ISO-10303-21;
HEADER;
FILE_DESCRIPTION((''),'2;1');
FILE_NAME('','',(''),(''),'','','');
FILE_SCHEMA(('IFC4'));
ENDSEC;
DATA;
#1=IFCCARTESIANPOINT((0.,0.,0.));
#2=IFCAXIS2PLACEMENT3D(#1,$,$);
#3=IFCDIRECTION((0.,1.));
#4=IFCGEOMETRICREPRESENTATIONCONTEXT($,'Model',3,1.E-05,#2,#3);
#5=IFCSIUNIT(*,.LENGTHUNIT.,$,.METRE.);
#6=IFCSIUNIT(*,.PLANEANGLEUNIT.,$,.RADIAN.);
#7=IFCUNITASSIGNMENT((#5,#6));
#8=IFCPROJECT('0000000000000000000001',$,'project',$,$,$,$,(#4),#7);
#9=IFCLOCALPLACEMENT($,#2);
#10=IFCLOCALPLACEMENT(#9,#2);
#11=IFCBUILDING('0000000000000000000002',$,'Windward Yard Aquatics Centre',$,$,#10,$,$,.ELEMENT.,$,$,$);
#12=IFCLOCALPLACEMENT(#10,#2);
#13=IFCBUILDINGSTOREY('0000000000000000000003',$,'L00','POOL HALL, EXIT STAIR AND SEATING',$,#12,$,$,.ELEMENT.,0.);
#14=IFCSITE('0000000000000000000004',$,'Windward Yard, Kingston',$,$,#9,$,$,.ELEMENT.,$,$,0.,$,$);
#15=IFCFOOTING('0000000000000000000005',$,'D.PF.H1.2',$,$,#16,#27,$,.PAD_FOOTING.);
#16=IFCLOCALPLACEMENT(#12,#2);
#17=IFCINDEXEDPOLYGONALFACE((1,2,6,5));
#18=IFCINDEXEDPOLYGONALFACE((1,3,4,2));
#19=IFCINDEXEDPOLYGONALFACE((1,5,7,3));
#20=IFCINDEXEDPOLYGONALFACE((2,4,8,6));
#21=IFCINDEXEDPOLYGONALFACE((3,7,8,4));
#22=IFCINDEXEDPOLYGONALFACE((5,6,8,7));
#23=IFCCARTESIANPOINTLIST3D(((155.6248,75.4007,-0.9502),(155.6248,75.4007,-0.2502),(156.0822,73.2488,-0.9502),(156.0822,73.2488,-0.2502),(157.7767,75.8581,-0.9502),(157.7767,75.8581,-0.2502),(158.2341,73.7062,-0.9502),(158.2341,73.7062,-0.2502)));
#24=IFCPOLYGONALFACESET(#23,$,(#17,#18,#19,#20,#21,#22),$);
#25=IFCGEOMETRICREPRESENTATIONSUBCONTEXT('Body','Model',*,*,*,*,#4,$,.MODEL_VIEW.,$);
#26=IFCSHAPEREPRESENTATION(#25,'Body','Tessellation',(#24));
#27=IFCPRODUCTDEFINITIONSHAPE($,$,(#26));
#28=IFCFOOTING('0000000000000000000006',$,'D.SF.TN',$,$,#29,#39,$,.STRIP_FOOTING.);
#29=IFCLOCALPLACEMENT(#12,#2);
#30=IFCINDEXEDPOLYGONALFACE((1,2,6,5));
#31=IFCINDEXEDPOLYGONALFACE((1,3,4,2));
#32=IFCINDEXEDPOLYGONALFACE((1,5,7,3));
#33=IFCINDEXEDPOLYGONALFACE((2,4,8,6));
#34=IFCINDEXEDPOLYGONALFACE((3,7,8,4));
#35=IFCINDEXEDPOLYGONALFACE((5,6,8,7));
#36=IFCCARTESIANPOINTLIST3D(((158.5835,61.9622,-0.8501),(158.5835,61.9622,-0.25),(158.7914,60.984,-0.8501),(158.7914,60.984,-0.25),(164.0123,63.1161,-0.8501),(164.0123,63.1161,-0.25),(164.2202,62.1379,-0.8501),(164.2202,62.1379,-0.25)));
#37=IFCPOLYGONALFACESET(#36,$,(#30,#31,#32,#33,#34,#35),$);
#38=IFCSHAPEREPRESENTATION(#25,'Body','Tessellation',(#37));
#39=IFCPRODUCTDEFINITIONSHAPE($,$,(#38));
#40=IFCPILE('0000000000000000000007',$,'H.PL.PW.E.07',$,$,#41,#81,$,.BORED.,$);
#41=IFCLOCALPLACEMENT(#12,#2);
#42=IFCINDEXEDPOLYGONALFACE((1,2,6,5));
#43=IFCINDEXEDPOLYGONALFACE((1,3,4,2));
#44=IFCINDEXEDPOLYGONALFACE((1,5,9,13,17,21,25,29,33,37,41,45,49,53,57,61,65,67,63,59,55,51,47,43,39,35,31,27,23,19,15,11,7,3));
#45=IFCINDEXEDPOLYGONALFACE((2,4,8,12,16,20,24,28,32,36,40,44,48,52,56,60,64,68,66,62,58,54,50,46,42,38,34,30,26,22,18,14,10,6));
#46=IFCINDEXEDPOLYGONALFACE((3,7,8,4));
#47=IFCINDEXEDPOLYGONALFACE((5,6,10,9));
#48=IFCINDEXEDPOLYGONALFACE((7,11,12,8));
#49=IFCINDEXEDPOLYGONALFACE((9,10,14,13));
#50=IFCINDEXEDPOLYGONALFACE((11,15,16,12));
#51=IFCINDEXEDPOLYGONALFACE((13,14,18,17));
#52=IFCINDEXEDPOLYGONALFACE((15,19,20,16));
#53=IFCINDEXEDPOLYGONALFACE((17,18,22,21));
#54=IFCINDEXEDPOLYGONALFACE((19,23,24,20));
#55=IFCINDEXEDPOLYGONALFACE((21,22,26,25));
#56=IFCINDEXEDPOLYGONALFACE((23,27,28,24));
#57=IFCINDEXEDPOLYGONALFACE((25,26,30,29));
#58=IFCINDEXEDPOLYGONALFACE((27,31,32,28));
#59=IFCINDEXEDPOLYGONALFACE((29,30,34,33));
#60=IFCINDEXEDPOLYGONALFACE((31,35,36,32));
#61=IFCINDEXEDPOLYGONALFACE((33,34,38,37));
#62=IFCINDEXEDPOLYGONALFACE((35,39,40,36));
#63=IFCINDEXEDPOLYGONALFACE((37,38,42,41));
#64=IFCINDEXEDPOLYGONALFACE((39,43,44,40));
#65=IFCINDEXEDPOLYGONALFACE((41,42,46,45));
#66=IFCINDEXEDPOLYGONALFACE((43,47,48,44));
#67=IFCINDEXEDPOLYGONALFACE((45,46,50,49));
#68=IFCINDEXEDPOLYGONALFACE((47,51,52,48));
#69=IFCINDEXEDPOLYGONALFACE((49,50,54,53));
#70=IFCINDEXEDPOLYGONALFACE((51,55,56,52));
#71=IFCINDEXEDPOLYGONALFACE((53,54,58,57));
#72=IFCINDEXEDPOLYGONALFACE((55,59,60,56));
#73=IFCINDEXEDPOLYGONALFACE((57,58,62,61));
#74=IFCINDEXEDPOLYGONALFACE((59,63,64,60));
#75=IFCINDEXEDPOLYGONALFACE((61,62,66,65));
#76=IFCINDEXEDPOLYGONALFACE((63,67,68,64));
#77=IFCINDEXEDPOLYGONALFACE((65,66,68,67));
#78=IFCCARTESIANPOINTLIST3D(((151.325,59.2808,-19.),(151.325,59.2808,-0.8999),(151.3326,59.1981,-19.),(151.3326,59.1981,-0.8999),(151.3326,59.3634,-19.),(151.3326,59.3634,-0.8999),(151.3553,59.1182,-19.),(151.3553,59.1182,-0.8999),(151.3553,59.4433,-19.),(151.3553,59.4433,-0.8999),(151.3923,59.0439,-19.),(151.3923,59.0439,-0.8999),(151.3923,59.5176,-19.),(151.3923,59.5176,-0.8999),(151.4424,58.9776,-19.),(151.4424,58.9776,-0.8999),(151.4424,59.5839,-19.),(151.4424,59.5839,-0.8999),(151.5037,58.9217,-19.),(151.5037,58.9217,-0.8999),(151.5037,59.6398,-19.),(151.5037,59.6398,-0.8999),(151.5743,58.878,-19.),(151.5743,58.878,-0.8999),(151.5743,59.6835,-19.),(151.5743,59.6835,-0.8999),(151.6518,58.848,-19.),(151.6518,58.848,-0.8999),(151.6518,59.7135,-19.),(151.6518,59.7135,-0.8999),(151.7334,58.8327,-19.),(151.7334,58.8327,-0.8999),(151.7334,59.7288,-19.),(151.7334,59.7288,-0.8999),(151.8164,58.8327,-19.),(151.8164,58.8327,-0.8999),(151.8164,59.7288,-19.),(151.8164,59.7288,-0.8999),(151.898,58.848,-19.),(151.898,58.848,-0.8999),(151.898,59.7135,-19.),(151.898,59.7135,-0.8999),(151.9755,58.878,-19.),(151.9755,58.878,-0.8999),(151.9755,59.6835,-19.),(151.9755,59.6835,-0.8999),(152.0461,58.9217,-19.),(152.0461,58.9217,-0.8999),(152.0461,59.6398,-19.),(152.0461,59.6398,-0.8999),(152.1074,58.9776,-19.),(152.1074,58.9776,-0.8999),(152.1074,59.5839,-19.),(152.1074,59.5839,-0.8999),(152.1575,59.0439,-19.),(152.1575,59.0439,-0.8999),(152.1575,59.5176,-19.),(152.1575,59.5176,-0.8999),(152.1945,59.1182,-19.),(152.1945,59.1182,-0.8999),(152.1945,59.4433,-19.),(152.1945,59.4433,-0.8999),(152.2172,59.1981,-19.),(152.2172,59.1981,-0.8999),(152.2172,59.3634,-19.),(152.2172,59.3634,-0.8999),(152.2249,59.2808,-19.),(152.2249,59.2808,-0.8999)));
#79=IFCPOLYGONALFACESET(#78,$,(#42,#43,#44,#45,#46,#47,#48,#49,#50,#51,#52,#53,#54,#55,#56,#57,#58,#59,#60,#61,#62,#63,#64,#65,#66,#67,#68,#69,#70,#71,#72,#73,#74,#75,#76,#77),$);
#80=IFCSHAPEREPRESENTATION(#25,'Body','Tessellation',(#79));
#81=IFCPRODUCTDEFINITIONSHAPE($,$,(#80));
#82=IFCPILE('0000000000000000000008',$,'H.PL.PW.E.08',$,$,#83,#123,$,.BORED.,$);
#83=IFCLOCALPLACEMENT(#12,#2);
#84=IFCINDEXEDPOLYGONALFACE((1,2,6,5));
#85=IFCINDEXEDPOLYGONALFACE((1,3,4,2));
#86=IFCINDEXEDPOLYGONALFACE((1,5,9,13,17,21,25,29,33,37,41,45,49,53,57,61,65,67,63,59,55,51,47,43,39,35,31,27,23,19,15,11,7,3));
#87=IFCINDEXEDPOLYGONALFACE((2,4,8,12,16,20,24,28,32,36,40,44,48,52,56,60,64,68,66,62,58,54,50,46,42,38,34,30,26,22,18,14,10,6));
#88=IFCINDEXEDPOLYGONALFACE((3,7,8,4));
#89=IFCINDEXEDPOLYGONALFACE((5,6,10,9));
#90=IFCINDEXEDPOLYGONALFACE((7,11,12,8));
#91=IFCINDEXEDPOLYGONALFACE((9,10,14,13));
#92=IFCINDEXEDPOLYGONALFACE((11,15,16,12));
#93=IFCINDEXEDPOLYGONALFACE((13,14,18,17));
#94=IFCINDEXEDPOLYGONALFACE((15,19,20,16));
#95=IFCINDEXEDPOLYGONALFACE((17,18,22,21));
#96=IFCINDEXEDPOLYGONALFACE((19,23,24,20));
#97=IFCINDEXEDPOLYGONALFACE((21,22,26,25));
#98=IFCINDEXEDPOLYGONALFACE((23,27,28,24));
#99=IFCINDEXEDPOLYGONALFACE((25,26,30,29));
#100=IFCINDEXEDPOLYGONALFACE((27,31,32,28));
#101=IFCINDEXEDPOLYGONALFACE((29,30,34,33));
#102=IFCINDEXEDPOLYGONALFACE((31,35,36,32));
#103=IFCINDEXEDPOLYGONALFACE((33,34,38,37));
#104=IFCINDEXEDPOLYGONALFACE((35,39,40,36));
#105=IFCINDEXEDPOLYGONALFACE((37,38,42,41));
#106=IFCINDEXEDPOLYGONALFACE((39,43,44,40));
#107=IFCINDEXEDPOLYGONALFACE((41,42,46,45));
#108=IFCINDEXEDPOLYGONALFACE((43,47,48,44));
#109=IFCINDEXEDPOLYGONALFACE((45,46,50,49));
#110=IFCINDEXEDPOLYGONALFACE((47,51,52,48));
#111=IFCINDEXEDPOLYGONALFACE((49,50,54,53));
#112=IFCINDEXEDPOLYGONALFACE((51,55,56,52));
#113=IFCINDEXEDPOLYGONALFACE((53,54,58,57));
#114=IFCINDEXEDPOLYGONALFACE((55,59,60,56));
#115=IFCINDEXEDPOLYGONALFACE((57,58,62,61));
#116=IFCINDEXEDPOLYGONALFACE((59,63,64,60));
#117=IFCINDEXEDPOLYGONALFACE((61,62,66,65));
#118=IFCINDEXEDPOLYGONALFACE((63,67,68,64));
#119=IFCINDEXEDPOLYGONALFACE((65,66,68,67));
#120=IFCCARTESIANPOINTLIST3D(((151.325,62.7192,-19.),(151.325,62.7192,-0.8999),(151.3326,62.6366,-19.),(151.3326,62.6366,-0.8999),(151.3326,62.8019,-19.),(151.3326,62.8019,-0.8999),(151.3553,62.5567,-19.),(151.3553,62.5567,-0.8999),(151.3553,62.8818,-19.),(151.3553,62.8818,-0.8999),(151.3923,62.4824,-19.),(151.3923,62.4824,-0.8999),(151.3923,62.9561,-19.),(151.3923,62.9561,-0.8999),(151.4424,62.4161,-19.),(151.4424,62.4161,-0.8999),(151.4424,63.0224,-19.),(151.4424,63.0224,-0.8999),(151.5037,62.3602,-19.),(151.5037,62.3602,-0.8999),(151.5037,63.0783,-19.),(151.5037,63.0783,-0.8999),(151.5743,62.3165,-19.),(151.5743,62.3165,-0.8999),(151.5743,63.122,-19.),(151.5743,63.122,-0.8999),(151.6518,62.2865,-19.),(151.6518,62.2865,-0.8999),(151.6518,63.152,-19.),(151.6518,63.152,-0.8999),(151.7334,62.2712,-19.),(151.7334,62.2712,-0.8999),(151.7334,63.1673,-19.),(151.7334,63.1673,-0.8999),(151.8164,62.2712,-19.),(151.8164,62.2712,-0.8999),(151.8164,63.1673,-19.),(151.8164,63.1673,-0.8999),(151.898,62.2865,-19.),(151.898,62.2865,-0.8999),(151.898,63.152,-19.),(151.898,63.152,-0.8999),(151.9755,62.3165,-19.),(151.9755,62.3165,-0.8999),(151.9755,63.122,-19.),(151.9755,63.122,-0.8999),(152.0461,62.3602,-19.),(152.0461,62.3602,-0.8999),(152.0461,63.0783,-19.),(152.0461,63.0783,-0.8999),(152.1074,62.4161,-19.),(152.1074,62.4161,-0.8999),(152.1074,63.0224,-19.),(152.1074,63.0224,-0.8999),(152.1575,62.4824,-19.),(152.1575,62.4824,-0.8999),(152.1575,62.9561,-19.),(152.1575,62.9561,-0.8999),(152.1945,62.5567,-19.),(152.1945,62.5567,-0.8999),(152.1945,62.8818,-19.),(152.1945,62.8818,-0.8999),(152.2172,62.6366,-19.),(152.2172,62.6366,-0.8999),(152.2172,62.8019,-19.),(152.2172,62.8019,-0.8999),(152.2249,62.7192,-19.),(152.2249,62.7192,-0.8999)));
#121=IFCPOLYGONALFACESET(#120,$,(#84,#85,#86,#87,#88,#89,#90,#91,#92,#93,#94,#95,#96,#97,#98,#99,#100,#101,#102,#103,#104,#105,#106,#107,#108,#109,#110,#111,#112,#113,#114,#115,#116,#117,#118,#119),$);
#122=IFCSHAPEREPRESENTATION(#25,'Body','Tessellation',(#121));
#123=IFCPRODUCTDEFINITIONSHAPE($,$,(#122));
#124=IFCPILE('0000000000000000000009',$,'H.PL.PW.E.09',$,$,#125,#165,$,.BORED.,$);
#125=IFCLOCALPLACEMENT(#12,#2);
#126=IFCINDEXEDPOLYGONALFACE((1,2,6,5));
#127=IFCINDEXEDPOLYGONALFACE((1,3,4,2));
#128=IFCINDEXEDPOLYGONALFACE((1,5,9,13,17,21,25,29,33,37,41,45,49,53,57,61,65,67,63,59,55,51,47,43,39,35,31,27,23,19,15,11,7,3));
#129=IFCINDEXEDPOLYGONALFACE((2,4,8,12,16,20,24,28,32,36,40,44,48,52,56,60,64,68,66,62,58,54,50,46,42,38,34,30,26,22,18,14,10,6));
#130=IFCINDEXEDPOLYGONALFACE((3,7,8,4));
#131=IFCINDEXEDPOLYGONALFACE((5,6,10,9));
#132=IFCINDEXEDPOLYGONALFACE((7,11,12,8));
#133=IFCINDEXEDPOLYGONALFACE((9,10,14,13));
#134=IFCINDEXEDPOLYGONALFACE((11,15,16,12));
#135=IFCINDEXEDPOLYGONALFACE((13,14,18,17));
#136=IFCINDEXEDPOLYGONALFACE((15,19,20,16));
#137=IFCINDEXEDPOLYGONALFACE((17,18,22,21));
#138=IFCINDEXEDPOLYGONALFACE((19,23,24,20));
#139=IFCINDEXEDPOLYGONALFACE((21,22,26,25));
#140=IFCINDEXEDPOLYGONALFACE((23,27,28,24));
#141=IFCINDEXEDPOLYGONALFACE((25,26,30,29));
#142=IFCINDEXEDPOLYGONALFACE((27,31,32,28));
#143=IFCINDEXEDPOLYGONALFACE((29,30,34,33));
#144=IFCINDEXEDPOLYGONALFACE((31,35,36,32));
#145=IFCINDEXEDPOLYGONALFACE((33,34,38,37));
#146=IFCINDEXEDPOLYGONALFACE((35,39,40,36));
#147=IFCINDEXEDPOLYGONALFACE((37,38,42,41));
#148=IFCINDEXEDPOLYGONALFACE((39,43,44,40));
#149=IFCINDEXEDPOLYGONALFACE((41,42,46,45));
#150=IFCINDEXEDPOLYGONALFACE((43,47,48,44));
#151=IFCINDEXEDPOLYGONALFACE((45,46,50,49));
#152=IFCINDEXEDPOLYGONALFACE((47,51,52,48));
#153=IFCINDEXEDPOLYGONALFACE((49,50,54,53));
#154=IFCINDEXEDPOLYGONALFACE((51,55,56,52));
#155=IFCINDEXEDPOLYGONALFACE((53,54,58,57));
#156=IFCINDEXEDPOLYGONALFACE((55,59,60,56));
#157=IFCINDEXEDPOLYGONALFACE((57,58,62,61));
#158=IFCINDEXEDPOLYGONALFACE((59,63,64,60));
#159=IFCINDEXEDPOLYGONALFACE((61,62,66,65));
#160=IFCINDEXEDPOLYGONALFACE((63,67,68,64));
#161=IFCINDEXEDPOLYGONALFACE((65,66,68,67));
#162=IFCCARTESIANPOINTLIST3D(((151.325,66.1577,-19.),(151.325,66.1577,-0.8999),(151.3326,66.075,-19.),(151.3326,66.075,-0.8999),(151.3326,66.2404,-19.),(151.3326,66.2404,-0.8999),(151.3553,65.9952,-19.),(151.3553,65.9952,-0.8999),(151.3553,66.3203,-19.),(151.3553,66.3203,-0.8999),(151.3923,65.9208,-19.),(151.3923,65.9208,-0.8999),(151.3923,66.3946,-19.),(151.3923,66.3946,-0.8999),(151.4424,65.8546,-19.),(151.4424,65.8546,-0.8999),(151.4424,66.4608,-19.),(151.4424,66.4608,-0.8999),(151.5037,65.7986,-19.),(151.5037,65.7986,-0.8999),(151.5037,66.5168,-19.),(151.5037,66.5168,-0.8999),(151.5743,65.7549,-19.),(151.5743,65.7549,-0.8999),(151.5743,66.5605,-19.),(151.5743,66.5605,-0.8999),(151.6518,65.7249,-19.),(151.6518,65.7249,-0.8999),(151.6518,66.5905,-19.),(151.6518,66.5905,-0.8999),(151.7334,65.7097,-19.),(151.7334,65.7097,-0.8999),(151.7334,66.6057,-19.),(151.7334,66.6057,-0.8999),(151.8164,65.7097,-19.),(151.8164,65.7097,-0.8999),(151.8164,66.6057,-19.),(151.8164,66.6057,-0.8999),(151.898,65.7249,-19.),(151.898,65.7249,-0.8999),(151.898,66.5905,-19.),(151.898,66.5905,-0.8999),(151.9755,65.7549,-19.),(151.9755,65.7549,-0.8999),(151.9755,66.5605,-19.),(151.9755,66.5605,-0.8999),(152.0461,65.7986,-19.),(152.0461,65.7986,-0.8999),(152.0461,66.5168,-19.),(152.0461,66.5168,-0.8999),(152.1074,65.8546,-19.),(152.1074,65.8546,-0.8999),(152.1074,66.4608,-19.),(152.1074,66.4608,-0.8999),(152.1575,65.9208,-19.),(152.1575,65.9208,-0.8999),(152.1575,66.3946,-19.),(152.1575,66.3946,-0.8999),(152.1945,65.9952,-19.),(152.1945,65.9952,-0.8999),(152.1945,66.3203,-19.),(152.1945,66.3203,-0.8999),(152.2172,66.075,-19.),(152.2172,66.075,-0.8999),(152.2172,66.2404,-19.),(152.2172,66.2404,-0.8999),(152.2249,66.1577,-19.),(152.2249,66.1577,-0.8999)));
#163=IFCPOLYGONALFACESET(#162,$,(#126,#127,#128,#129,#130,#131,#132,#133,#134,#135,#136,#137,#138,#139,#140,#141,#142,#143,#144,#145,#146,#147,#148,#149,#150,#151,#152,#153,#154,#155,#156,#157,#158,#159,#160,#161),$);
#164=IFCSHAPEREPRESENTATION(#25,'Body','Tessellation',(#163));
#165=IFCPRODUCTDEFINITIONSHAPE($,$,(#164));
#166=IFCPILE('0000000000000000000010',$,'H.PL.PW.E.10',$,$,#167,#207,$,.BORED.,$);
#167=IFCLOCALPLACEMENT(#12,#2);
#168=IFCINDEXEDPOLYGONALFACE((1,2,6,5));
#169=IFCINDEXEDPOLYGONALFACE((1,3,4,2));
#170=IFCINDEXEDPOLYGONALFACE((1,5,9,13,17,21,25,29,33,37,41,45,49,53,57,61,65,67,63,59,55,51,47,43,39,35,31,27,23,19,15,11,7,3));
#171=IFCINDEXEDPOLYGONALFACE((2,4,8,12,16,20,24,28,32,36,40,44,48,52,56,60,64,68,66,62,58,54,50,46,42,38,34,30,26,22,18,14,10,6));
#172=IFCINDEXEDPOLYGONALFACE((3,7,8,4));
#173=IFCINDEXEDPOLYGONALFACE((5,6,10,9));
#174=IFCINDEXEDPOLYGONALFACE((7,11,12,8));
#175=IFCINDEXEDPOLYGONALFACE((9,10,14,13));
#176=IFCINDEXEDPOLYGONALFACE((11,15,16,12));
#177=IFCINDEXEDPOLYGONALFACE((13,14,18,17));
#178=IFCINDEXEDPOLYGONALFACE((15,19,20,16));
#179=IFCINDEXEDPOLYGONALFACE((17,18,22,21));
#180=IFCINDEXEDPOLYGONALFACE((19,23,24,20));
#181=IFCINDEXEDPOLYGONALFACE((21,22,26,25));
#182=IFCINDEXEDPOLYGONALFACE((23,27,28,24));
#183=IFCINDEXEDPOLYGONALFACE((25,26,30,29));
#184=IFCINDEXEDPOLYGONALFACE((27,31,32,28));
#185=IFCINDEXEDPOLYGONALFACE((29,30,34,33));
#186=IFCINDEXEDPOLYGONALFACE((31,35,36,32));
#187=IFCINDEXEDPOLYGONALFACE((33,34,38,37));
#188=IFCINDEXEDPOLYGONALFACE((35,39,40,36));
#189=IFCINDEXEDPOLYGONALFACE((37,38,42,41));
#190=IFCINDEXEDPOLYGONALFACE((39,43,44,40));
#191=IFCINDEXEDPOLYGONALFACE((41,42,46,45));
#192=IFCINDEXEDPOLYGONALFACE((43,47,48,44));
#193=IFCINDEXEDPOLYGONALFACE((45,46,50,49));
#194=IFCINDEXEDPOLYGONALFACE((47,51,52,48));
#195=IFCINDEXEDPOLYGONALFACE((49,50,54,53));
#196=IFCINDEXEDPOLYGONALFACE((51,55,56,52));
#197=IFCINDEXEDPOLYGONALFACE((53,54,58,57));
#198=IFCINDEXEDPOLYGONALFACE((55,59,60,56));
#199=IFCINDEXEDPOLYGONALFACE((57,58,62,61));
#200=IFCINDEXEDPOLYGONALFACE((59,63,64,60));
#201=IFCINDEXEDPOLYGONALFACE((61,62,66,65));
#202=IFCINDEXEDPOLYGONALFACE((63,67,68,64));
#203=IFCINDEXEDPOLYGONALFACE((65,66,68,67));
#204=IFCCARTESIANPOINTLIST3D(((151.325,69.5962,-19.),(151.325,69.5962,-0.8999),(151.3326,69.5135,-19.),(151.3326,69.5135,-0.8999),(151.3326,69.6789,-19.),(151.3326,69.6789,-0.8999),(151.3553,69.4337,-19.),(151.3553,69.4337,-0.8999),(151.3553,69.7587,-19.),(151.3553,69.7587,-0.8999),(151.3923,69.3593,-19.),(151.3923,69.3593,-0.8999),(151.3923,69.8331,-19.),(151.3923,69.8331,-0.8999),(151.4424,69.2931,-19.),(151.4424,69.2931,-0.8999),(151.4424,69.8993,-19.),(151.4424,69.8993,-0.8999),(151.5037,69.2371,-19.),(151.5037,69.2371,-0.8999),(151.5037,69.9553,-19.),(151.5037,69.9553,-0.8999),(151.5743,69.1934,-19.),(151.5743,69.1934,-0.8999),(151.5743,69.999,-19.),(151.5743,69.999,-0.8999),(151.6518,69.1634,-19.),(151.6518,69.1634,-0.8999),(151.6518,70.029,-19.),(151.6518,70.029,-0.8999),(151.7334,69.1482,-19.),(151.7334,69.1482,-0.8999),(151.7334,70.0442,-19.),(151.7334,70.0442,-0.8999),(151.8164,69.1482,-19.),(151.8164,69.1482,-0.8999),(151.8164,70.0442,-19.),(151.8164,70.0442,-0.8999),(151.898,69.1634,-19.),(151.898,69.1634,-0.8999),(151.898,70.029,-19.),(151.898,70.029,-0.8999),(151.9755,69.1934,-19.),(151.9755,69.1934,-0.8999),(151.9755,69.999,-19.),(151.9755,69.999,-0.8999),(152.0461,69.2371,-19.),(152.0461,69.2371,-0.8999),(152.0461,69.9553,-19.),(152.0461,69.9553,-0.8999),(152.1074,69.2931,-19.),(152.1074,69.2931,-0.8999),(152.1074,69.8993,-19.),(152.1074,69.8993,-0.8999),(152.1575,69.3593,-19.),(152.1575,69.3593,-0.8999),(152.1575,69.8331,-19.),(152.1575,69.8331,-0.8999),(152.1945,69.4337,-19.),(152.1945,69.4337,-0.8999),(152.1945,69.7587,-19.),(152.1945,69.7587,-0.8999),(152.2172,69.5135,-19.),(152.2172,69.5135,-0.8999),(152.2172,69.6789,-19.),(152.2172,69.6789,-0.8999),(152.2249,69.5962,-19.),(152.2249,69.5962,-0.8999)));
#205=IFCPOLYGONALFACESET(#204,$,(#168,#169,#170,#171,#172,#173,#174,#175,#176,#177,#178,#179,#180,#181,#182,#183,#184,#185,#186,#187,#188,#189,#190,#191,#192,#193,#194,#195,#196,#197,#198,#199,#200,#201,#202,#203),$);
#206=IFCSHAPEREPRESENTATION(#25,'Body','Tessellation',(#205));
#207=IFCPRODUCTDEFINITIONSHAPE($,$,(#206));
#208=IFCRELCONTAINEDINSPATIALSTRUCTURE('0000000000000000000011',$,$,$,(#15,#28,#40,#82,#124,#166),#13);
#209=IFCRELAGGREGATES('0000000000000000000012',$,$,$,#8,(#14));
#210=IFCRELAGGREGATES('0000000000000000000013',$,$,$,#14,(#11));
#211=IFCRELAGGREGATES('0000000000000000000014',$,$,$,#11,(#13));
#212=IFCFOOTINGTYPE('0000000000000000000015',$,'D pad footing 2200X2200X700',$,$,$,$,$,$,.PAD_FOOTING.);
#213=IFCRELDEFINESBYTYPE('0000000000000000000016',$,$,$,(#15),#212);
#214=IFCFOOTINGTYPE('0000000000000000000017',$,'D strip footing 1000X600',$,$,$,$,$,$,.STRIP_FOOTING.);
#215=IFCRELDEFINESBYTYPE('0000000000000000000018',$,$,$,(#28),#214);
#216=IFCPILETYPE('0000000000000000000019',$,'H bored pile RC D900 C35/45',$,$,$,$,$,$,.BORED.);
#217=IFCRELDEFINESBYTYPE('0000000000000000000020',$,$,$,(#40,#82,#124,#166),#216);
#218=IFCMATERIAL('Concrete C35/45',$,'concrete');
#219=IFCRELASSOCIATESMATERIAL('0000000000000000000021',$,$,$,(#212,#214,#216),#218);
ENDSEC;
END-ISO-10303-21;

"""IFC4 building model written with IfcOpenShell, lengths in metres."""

from ifc_helpers import new_model, si_unit, direction, frame, origin, origin_2d, place, context, subcontext, project, spatial, rectangle, circle, extrude, material, material_profile, profile_set, type_object, element, save


model = new_model("IFC4")

# Units and contexts
model_context = context("Model", 3, precision=1e-05, world=origin(), true_north=direction((0.0, 1.0)))
body_context = subcontext(model_context, "Body", "Model", "MODEL_VIEW")
ifc_project = project(units=[si_unit("LENGTHUNIT", "METRE"), si_unit("PLANEANGLEUNIT", "RADIAN")], contexts=[model_context])

# Site, building, storey
site_placement = place(None, origin())
site = spatial("IfcSite", under=ifc_project, at=site_placement, Name="Windward Yard, Kingston", CompositionType="ELEMENT", RefElevation=0.0)
building_placement = place(site_placement, origin())
building = spatial("IfcBuilding", under=site, at=building_placement, Name="Windward Yard Aquatics Centre", CompositionType="ELEMENT")
storey_placement = place(building_placement, origin())
storey = spatial("IfcBuildingStorey", under=building, at=storey_placement, Name="L00", Description="POOL HALL, EXIT STAIR AND SEATING", CompositionType="ELEMENT", Elevation=0.0)

# Footings
ifc_material_1 = material(Name="Concrete C35/45", Category="concrete")
footing_type_1 = type_object("IfcFootingType", Name="D pad footing 2200X2200X700", PredefinedType="PAD_FOOTING", material=ifc_material_1)
footing_1_placement = place(storey_placement, frame((156.9294, 74.5535, -0.9502), z_axis=(0.0, 0.0, 1.0), x_axis=(0.978148, 0.207912, 0.0)))
element("IfcFooting", 1, at=footing_1_placement, inside=storey, type_object=footing_type_1, Name="D.PF.H1.2", PredefinedType="PAD_FOOTING", context=body_context, shape_type="SweptSolid", body=[
    extrude(rectangle(XDim=2.2, YDim=2.2, at=origin_2d()), origin(), (0.0, 0.0, 1.0), 0.7),
])
footing_type_2 = type_object("IfcFootingType", Name="D strip footing 1000X600", PredefinedType="STRIP_FOOTING", material=ifc_material_1)
footing_2_placement = place(storey_placement, frame((161.4019, 62.05, -0.8501), z_axis=(0.0, 0.0, 1.0), x_axis=(0.978148, 0.207912, 0.0)))
element("IfcFooting", 2, at=footing_2_placement, inside=storey, type_object=footing_type_2, Name="D.SF.TN", PredefinedType="STRIP_FOOTING", context=body_context, shape_type="SweptSolid", body=[
    extrude(rectangle(XDim=5.55, YDim=1.0, at=origin_2d()), origin(), (0.0, 0.0, 1.0), 0.6001),
])

# Piles
ifc_material_profile_1 = material_profile(ifc_material_1, circle(Radius=0.45, at=origin_2d()), Name="RC D900")
ifc_profile_set_1 = profile_set([ifc_material_profile_1], Name="Concrete C35/45")
pile_type = type_object("IfcPileType", Name="H bored pile RC D900 C35/45", PredefinedType="BORED", material=ifc_profile_set_1)
for number, where, z_axis, x_axis, name in (
    (3, (151.7749, 59.2808, -0.8999), (0.0, 0.0, -1.0), (1.0, 0.0, 0.0), "H.PL.PW.E.07"),
    (4, (151.7749, 62.7192, -0.8999), (0.0, 0.0, -1.0), (1.0, 0.0, 0.0), "H.PL.PW.E.08"),
    (5, (151.7749, 66.1577, -0.8999), (0.0, 0.0, -1.0), (1.0, 0.0, 0.0), "H.PL.PW.E.09"),
    (6, (151.7749, 69.5962, -0.8999), (0.0, 0.0, -1.0), (1.0, 0.0, 0.0), "H.PL.PW.E.10"),
):
    element("IfcPile", number, at=place(storey_placement, frame(where, z_axis=z_axis, x_axis=x_axis)), inside=storey, type_object=pile_type, Name=name, PredefinedType="BORED", context=body_context, shape_type="SweptSolid", body=[
        extrude(circle(Radius=0.45, at=origin_2d()), origin(), (0.0, 0.0, 1.0), 18.1001),
    ])

save(model, "model.ifc")
